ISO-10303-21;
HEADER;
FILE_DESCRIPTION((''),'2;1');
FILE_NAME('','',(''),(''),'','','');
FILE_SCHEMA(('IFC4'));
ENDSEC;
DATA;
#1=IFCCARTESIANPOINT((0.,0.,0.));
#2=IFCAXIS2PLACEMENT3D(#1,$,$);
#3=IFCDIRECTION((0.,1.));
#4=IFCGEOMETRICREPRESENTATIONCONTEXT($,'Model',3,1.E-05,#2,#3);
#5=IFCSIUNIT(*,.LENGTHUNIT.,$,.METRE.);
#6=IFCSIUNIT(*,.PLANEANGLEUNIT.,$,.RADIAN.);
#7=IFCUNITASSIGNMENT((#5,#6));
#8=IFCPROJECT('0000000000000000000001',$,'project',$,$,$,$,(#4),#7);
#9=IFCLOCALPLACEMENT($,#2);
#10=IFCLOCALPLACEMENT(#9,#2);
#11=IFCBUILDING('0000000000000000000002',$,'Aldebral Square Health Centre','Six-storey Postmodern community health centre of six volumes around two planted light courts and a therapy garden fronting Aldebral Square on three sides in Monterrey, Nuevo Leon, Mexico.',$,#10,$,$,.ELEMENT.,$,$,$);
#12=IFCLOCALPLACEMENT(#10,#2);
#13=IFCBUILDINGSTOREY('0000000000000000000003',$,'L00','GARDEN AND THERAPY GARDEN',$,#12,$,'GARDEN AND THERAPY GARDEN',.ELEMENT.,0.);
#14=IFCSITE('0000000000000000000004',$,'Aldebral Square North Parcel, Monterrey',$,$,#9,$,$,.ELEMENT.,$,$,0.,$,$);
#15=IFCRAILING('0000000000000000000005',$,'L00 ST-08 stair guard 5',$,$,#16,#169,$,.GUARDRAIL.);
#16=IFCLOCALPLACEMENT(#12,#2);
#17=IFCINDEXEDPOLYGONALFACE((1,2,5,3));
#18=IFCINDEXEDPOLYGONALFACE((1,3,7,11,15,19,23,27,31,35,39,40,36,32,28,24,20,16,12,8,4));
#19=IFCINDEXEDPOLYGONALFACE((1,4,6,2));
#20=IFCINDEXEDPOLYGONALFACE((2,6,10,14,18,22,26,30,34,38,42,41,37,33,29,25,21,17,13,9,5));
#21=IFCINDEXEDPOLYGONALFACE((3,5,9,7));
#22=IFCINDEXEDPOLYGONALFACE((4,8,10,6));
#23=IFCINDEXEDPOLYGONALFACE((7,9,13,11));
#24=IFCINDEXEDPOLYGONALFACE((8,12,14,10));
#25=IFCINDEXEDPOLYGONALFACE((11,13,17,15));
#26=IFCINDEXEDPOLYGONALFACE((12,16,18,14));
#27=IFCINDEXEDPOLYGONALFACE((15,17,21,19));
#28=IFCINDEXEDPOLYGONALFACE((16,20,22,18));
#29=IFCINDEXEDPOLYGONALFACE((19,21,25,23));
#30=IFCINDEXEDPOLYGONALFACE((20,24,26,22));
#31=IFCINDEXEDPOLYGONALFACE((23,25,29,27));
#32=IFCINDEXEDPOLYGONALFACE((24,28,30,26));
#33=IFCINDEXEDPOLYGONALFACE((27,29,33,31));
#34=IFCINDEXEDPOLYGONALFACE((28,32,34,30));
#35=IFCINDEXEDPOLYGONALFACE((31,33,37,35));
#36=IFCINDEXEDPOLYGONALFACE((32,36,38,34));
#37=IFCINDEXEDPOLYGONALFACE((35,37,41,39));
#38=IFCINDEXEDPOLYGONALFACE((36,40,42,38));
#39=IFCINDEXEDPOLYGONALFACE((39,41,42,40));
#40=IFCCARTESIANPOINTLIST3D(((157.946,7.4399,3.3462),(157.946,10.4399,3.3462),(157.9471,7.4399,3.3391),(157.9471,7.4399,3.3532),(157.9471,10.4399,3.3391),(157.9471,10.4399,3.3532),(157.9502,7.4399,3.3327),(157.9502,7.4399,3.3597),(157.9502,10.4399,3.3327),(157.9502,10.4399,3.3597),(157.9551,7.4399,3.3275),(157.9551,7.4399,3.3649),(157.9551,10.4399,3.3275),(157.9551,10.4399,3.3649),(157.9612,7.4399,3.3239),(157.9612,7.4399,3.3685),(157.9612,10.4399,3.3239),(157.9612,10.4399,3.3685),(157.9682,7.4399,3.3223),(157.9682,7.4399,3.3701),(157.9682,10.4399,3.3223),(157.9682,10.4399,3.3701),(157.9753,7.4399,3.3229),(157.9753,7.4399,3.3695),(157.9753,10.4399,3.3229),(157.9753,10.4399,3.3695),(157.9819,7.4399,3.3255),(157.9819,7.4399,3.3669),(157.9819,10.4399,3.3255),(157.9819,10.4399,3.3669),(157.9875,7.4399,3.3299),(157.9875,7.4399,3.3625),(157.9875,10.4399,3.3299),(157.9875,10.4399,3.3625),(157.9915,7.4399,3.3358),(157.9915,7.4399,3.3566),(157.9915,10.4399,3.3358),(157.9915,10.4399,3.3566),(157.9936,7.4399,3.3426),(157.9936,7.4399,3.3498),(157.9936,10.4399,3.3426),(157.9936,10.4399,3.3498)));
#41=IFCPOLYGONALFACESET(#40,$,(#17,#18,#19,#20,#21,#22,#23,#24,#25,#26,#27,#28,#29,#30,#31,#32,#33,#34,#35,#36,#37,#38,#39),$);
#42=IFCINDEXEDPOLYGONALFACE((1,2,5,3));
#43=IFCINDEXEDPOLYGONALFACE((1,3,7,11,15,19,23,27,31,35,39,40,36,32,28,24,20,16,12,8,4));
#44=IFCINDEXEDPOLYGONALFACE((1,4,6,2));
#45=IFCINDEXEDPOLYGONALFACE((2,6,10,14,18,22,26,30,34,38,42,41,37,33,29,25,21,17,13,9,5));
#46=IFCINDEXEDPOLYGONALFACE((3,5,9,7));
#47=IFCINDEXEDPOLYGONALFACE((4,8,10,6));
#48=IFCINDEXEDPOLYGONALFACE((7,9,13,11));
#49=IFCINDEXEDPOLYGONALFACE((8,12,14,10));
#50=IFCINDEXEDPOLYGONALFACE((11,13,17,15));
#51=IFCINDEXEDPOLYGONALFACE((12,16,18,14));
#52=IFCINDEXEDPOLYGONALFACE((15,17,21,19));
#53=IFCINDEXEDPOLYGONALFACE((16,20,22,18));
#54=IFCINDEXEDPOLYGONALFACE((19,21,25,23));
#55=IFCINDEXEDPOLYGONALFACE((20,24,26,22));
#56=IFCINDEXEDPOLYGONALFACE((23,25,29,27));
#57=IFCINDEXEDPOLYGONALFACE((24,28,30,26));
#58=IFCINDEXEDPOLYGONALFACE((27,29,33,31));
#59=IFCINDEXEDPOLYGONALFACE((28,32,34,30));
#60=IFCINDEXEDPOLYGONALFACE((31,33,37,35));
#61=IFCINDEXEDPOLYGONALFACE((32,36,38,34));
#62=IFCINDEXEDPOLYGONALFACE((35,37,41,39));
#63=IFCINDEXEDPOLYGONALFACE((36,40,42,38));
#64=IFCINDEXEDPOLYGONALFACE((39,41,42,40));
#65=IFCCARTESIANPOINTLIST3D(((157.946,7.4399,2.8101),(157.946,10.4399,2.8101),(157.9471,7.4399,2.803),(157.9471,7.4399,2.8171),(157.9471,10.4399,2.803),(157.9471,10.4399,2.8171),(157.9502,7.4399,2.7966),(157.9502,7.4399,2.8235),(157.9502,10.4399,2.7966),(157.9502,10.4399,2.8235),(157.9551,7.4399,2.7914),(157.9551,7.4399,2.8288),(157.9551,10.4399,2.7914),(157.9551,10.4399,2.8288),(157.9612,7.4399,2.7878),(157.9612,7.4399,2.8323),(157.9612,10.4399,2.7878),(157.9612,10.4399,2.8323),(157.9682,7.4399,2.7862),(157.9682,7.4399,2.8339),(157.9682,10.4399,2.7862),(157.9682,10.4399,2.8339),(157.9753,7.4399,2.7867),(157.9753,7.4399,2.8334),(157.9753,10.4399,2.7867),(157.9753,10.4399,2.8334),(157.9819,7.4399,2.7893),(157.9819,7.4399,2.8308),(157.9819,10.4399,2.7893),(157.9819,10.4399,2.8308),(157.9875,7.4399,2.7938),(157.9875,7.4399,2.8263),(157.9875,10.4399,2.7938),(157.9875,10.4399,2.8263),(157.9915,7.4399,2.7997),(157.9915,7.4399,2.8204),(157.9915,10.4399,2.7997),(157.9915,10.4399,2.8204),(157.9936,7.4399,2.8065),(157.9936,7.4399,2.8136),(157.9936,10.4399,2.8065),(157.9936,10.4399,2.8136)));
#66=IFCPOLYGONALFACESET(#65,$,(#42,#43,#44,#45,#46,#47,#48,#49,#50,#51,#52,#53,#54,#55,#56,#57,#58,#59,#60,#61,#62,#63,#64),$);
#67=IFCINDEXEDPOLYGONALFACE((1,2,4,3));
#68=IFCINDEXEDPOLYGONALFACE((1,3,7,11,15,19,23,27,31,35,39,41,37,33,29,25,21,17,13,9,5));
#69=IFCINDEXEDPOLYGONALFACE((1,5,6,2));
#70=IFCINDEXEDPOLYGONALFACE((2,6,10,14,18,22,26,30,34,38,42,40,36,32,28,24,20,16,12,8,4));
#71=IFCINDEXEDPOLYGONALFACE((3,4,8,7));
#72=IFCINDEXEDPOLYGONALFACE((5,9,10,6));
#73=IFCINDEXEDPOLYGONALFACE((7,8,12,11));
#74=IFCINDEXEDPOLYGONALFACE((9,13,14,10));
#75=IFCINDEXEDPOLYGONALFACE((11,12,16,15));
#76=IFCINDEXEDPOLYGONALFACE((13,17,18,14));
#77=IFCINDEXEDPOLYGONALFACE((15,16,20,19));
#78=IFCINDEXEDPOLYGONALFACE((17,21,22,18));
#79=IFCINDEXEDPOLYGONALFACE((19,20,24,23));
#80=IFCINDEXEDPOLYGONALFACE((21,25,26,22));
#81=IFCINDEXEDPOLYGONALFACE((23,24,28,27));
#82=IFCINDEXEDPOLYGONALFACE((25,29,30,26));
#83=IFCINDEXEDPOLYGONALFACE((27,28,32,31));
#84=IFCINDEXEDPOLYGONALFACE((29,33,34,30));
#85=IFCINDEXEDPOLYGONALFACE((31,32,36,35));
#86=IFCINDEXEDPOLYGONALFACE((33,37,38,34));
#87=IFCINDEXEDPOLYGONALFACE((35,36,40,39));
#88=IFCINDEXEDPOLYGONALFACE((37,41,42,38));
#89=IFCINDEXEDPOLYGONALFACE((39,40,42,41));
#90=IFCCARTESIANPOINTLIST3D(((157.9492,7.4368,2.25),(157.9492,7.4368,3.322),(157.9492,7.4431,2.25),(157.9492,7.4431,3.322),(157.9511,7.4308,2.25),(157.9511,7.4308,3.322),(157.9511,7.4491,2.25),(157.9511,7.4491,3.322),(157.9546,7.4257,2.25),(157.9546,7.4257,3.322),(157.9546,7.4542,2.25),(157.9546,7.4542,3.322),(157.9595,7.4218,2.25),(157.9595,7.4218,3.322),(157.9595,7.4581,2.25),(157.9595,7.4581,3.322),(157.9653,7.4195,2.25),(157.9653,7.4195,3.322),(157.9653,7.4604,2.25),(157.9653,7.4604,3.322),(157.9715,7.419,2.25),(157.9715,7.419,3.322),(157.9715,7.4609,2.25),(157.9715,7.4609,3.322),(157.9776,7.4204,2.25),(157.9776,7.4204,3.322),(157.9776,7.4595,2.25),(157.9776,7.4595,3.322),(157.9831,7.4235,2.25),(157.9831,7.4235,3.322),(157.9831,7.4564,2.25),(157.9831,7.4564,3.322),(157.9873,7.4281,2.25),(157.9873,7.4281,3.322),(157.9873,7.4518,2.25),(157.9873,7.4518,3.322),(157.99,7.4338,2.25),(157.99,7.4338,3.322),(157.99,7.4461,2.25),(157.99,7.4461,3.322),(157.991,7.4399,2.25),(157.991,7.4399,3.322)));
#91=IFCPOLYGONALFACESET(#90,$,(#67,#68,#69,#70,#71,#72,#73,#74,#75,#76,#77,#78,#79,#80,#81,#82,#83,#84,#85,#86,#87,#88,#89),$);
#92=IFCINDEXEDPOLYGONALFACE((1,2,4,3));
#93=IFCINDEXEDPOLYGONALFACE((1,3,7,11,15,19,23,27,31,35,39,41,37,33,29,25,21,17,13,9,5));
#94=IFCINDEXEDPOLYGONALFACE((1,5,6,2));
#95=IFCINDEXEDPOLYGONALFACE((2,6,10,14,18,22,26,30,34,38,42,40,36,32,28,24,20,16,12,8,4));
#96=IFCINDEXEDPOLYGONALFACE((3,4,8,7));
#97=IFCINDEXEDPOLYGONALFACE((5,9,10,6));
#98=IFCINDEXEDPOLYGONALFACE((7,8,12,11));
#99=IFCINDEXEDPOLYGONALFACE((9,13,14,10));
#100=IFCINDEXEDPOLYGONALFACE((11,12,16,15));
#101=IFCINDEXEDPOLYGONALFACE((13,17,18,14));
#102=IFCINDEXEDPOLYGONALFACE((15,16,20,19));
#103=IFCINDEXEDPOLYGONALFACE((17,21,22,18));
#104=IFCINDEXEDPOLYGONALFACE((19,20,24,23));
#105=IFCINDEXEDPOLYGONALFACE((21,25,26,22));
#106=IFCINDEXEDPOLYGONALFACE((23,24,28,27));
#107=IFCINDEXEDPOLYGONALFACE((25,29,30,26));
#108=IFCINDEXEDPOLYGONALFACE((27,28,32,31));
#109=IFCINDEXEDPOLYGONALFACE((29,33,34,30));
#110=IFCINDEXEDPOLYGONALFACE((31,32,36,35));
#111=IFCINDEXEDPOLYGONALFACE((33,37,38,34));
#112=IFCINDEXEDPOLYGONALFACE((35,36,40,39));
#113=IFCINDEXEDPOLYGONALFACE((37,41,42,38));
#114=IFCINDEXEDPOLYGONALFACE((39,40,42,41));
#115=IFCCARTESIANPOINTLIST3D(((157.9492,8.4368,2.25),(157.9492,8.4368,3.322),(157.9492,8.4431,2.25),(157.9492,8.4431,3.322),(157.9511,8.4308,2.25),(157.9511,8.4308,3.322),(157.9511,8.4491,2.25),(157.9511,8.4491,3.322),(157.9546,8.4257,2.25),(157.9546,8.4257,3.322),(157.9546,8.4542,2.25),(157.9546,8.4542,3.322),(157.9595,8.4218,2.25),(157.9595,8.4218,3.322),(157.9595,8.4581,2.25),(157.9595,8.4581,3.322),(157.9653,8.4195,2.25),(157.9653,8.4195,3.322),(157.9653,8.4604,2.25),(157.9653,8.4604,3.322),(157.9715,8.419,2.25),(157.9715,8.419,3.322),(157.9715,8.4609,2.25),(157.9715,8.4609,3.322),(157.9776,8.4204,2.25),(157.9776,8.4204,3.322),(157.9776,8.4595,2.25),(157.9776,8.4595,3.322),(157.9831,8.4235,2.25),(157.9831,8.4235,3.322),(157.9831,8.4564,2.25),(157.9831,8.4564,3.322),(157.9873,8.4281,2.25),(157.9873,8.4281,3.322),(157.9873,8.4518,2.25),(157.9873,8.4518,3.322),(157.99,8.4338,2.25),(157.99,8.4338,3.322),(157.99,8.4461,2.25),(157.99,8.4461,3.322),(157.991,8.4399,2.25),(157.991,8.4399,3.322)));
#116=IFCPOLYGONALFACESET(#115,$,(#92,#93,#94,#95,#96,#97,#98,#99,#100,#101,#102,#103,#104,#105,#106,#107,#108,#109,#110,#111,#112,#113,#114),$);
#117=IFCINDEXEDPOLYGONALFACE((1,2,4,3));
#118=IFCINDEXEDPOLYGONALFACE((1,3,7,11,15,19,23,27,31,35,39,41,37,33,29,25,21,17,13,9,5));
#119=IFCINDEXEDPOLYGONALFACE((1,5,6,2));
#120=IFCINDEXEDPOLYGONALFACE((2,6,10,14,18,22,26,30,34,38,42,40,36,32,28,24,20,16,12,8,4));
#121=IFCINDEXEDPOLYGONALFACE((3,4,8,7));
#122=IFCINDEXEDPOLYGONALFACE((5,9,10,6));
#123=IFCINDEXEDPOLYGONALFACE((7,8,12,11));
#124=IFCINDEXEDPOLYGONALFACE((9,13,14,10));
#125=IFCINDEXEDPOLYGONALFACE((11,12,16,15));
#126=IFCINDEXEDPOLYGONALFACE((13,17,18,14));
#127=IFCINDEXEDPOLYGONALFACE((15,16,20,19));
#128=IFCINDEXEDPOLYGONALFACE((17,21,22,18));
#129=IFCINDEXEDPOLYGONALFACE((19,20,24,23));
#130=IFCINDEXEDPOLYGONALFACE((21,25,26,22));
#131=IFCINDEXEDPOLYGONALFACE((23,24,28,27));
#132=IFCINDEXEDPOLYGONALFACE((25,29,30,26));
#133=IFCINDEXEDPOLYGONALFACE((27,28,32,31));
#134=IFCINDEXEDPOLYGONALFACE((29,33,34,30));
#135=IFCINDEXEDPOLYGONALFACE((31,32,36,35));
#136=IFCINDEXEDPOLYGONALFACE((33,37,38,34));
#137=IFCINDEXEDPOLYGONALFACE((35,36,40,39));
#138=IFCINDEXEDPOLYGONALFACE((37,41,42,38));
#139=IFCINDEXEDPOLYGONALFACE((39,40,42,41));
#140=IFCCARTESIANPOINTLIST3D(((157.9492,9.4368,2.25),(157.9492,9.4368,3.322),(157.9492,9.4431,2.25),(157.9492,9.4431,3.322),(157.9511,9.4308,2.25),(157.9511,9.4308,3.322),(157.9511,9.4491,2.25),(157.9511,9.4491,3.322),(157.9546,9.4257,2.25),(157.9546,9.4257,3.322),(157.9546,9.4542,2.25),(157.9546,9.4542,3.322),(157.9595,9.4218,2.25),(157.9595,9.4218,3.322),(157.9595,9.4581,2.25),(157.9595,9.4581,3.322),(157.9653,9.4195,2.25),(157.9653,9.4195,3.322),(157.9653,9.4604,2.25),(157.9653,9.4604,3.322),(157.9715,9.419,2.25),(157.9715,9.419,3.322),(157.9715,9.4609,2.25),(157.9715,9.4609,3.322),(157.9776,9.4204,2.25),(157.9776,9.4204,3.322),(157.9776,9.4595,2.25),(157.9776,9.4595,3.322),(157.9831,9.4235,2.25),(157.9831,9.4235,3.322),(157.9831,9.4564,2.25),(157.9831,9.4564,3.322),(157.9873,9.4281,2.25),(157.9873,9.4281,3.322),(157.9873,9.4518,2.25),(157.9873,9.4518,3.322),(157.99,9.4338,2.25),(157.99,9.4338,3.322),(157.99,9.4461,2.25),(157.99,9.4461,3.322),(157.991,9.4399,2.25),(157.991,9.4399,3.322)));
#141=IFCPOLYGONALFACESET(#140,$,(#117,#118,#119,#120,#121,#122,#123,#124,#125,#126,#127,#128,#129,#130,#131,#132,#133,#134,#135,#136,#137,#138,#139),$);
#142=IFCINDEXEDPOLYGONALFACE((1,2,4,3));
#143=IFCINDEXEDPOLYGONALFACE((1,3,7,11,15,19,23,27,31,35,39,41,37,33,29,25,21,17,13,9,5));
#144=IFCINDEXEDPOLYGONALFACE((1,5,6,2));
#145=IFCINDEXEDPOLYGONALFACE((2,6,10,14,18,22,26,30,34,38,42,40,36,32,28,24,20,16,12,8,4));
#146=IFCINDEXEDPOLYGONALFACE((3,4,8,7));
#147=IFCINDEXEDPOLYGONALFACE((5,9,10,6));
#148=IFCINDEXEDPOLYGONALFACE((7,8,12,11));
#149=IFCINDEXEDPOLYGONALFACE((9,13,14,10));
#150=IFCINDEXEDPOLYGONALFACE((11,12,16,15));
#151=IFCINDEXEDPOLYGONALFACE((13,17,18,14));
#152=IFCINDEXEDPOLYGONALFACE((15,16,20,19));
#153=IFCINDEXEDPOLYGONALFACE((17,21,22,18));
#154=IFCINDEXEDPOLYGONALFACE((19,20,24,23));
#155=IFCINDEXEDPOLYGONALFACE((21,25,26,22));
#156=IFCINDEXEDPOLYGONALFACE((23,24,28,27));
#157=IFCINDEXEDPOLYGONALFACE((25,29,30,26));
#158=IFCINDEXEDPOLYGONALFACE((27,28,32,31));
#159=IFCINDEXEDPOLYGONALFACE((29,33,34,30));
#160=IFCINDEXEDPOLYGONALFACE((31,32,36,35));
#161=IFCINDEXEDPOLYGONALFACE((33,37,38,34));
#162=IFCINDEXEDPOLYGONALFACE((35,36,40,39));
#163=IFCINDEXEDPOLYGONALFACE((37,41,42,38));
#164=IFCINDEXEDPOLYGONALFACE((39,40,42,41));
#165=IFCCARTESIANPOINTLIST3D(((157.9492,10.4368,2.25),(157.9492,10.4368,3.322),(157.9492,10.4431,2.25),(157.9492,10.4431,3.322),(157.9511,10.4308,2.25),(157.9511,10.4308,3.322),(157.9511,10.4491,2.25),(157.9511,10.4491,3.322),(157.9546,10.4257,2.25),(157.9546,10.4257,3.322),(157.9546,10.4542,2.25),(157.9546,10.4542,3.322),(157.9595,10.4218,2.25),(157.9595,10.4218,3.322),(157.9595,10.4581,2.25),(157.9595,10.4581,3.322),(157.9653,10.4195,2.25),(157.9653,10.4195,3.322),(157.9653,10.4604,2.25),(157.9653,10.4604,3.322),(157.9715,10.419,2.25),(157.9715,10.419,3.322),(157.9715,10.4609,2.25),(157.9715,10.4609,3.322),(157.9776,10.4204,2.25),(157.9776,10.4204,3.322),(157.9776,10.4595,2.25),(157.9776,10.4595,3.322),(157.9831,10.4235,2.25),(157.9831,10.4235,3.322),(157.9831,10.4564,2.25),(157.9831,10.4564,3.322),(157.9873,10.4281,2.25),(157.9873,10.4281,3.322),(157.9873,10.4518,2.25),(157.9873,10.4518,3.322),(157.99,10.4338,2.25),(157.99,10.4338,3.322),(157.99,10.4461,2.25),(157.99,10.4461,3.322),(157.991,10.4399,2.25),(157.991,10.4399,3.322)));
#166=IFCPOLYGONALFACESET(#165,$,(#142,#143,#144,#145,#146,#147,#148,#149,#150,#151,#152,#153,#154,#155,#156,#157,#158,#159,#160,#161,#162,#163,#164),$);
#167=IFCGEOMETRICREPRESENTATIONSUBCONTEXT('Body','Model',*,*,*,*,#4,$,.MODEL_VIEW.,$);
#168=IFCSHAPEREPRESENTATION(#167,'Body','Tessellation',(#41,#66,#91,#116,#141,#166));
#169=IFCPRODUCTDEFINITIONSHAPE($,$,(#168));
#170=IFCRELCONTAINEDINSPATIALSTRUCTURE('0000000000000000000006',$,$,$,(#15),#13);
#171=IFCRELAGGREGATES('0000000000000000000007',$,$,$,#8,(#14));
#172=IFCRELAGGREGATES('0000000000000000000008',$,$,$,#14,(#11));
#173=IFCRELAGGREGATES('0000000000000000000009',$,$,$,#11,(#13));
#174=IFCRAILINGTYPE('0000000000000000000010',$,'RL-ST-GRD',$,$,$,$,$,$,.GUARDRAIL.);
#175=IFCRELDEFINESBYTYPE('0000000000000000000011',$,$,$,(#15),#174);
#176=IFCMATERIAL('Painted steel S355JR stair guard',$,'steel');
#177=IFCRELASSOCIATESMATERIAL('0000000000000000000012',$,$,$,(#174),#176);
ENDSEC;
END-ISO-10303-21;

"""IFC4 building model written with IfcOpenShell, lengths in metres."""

from ifc_helpers import new_model, si_unit, direction, frame, origin, origin_2d, place, context, subcontext, project, spatial, circle, extrude, material, type_object, element, save


model = new_model("IFC4")

# Units and contexts
model_context = context("Model", 3, precision=1e-05, world=origin(), true_north=direction((0.0, 1.0)))
body_context = subcontext(model_context, "Body", "Model", "MODEL_VIEW")
ifc_project = project(units=[si_unit("LENGTHUNIT", "METRE"), si_unit("PLANEANGLEUNIT", "RADIAN")], contexts=[model_context])

# Site, building, storey
site_placement = place(None, origin())
site = spatial("IfcSite", under=ifc_project, at=site_placement, Name="Aldebral Square North Parcel, Monterrey", CompositionType="ELEMENT", RefElevation=0.0)
building_placement = place(site_placement, origin())
building = spatial("IfcBuilding", under=site, at=building_placement, Name="Aldebral Square Health Centre", Description="Six-storey Postmodern community health centre of six volumes around two planted light courts and a therapy garden fronting Aldebral Square on three sides in Monterrey, Nuevo Leon, Mexico.", CompositionType="ELEMENT")
storey_placement = place(building_placement, origin())
storey = spatial("IfcBuildingStorey", under=building, at=storey_placement, Name="L00", Description="GARDEN AND THERAPY GARDEN", LongName="GARDEN AND THERAPY GARDEN", CompositionType="ELEMENT", Elevation=0.0)

# Railing
ifc_material_1 = material(Name="Painted steel S355JR stair guard", Category="steel")
railing_type = type_object("IfcRailingType", Name="RL-ST-GRD", PredefinedType="GUARDRAIL", material=ifc_material_1)
for number, where, name in (
    (1, (157.97, 7.4399, 2.25), "L00 ST-08 stair guard 5"),
):
    element("IfcRailing", number, at=place(storey_placement, frame(where)), inside=storey, type_object=railing_type, Name=name, PredefinedType="GUARDRAIL", context=body_context, shape_type="SweptSolid", body=[
        extrude(circle(Radius=0.0239, at=origin_2d()), frame((0.0, 0.0, 1.0962), z_axis=(0.0, 1.0, 0.0), x_axis=(-1.0, 0.0, 0.0)), (0.0, 0.0, 1.0), 3.0),
        extrude(circle(Radius=0.0239, at=origin_2d()), frame((0.0, 0.0, 0.5601), z_axis=(0.0, 1.0, 0.0), x_axis=(-1.0, 0.0, 0.0)), (0.0, 0.0, 1.0), 3.0),
        extrude(circle(Radius=0.021, at=origin_2d()), origin(), (0.0, 0.0, 1.0), 1.072),
        extrude(circle(Radius=0.021, at=origin_2d()), frame((0.0, 1.0, 0.0)), (0.0, 0.0, 1.0), 1.072),
        extrude(circle(Radius=0.021, at=origin_2d()), frame((0.0, 2.0, 0.0)), (0.0, 0.0, 1.0), 1.072),
        extrude(circle(Radius=0.021, at=origin_2d()), frame((0.0, 3.0, 0.0)), (0.0, 0.0, 1.0), 1.072),
    ])

save(model, "model.ifc")
